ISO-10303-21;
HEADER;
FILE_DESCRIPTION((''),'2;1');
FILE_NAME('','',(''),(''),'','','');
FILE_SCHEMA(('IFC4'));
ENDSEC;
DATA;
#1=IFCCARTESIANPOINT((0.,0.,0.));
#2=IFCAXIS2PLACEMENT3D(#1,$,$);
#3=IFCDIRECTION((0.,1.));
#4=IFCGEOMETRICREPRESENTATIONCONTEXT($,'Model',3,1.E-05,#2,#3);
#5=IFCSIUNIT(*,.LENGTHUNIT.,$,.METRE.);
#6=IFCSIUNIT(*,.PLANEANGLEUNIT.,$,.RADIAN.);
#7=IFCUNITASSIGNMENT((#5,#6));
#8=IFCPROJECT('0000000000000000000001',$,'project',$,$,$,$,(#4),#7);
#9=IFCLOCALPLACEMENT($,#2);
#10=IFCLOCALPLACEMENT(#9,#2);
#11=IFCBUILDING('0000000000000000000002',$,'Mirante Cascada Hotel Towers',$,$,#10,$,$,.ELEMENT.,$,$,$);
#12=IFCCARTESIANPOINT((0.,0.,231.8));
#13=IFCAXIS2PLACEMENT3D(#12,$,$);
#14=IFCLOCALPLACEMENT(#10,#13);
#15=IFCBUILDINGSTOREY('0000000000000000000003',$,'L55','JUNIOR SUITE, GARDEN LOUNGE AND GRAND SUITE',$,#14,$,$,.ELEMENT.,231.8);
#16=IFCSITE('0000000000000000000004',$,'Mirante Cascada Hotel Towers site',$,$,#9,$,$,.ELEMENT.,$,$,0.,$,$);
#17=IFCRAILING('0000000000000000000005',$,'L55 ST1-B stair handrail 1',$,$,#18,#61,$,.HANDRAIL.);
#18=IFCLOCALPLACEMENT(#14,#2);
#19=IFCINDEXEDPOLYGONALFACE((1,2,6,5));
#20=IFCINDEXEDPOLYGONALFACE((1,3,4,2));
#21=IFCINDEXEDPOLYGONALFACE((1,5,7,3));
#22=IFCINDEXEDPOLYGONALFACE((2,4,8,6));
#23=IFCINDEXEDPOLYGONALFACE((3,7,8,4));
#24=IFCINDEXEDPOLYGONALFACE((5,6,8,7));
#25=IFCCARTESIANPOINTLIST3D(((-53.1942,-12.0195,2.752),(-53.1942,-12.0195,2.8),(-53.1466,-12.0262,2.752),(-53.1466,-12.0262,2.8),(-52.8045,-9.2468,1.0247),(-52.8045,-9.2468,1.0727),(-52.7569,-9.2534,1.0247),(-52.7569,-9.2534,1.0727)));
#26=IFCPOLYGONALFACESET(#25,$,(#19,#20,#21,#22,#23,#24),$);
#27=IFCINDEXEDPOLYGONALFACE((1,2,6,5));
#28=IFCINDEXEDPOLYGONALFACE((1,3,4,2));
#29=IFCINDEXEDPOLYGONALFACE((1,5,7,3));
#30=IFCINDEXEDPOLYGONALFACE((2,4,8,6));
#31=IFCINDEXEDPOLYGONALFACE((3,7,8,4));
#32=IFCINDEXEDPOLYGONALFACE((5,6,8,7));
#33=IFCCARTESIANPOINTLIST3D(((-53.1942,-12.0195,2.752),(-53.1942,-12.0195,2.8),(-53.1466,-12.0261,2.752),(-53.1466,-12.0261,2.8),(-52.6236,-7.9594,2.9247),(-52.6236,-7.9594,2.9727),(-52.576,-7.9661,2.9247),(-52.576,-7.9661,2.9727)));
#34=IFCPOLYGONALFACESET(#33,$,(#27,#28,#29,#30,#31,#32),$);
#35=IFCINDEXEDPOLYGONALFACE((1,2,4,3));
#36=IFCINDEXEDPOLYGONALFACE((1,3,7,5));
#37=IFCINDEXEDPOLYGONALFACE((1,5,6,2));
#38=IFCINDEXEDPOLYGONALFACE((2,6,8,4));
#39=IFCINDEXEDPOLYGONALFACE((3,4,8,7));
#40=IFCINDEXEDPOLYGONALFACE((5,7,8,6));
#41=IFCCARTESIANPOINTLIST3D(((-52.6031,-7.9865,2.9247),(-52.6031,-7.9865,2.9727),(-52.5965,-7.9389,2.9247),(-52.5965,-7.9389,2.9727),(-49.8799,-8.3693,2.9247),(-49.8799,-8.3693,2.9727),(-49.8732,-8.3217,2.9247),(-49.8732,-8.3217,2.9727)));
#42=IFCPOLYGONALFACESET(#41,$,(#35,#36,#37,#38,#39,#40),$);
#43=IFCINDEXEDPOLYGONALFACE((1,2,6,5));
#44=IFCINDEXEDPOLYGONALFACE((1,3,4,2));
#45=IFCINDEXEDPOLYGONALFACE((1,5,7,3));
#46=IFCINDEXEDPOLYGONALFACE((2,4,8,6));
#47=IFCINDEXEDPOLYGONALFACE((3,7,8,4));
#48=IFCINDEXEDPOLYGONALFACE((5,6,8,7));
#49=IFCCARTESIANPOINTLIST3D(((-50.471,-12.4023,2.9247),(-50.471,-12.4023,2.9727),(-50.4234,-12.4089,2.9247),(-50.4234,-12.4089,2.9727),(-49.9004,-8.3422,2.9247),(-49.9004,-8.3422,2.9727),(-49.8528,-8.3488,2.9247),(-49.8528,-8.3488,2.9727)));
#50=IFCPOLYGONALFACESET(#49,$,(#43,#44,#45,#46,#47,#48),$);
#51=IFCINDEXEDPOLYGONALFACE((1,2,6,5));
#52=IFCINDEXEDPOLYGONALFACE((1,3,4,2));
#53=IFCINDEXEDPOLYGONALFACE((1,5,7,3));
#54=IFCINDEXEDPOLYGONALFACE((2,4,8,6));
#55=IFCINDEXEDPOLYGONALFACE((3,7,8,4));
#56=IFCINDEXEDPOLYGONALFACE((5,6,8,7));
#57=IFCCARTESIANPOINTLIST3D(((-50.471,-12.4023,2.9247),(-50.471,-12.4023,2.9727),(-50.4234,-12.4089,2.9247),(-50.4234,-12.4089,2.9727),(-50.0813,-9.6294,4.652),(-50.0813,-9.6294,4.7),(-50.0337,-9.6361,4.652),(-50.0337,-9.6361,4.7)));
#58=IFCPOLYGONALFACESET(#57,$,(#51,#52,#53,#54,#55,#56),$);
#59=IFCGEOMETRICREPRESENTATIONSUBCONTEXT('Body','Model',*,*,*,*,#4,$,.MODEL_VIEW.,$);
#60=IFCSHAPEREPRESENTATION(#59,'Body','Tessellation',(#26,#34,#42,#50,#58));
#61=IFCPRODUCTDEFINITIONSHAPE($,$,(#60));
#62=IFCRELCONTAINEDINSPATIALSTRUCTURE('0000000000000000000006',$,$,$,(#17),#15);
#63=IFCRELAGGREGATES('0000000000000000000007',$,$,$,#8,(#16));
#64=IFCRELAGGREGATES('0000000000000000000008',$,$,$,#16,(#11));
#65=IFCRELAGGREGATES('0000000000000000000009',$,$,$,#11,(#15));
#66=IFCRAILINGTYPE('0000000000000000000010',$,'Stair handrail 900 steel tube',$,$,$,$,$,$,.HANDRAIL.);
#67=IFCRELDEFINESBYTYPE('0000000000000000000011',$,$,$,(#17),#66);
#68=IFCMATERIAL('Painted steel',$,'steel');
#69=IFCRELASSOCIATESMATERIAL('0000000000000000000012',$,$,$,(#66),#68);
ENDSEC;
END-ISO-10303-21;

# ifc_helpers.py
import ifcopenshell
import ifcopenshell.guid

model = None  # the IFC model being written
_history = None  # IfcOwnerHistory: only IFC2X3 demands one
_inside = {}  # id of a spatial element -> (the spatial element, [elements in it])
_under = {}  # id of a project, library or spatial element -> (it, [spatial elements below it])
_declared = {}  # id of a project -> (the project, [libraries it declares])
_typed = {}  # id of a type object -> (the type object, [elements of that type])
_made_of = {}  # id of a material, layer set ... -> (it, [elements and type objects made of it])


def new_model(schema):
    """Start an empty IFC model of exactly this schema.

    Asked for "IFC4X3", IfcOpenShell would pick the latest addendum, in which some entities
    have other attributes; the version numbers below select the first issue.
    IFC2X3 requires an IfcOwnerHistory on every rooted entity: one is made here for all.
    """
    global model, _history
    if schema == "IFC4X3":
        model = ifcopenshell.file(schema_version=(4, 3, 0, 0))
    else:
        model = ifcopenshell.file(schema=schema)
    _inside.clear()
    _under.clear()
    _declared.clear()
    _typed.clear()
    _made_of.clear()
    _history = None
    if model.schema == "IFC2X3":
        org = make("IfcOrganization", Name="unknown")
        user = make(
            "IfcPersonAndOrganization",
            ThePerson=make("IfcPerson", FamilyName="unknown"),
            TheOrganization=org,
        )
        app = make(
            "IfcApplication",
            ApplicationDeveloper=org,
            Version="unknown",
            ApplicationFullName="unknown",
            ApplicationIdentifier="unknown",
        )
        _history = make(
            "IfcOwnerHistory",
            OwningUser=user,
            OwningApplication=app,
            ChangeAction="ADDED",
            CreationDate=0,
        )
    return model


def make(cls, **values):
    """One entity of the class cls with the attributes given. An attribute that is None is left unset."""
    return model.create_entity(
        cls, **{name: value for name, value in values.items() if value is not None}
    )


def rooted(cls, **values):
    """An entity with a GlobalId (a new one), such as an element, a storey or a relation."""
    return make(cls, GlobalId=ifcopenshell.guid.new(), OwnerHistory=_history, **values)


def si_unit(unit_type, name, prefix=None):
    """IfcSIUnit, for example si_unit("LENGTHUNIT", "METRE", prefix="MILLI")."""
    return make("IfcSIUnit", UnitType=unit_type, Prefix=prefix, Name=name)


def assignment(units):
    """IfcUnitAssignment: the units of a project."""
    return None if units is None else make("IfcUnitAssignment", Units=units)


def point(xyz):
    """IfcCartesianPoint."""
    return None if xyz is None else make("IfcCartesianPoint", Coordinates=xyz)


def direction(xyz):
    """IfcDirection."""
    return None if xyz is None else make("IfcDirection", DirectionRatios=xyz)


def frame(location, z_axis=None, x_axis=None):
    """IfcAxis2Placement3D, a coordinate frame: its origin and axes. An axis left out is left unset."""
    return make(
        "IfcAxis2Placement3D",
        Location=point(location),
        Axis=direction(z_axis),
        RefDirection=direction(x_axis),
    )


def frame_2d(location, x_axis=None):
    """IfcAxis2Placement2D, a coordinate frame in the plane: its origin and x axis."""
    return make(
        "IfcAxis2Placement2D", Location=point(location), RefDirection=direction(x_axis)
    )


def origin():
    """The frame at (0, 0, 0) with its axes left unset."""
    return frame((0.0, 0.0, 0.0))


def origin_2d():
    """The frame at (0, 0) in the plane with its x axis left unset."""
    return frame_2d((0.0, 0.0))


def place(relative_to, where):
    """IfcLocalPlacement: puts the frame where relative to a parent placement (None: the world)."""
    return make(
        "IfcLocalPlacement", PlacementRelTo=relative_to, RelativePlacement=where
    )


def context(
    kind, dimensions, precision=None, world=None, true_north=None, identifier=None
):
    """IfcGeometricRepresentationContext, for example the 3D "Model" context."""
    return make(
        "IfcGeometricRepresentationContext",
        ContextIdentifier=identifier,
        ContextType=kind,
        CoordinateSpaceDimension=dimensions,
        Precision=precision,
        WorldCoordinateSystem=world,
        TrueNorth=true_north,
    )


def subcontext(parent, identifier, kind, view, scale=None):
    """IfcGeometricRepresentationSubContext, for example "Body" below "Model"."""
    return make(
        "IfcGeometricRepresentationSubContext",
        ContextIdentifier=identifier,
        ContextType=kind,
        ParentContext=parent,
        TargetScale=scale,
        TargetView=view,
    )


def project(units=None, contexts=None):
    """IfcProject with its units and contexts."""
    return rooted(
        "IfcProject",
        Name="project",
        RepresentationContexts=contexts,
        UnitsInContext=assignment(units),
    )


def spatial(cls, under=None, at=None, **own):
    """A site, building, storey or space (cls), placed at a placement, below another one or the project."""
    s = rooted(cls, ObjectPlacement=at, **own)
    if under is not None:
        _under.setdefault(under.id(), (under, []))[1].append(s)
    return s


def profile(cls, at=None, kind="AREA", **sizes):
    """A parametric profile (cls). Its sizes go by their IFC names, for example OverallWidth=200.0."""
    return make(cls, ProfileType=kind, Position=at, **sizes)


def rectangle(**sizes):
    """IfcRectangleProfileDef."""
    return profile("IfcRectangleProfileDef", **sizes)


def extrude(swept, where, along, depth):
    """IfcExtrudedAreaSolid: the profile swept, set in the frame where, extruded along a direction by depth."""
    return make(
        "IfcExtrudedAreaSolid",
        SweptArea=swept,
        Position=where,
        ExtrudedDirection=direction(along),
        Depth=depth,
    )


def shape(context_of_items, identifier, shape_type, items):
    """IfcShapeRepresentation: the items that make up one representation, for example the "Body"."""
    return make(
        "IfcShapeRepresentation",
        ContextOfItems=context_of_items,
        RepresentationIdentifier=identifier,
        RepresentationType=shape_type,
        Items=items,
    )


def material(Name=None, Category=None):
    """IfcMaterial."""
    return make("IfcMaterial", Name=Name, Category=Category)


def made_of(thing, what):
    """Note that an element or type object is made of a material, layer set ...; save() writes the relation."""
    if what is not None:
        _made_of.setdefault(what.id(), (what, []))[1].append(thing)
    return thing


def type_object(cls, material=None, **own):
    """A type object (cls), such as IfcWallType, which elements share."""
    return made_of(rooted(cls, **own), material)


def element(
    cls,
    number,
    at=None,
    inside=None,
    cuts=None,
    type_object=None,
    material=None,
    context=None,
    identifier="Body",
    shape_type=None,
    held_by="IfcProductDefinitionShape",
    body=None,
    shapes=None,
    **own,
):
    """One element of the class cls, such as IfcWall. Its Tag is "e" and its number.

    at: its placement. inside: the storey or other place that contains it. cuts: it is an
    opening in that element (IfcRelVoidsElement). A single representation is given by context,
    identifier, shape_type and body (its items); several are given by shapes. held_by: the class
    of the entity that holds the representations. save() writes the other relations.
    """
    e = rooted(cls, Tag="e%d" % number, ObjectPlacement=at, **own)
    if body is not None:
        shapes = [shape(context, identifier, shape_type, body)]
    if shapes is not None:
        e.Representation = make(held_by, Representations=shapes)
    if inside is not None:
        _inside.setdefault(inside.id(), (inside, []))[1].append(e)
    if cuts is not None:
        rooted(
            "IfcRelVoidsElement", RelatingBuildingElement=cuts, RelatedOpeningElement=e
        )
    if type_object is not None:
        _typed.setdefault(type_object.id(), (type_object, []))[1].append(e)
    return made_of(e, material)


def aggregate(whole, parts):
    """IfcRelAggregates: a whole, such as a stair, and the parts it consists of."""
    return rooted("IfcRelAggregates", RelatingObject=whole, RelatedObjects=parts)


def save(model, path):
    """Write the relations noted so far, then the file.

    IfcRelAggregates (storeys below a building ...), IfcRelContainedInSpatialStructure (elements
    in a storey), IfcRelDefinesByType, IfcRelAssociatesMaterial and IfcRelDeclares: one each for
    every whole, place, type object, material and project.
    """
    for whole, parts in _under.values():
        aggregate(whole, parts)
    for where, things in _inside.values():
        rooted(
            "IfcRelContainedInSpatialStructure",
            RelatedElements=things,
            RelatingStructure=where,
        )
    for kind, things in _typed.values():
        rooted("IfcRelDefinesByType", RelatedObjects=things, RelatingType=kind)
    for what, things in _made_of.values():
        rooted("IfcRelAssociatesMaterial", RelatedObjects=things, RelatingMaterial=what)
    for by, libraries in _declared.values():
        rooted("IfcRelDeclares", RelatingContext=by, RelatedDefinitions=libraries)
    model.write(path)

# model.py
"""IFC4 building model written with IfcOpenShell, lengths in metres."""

from ifc_helpers import new_model, si_unit, direction, frame, origin, origin_2d, place, context, subcontext, project, spatial, rectangle, extrude, material, type_object, element, save


model = new_model("IFC4")

# Units and contexts
model_context = context("Model", 3, precision=1e-05, world=origin(), true_north=direction((0.0, 1.0)))
body_context = subcontext(model_context, "Body", "Model", "MODEL_VIEW")
ifc_project = project(units=[si_unit("LENGTHUNIT", "METRE"), si_unit("PLANEANGLEUNIT", "RADIAN")], contexts=[model_context])

# Site, building, storey
site_placement = place(None, origin())
site = spatial("IfcSite", under=ifc_project, at=site_placement, Name="Mirante Cascada Hotel Towers site", CompositionType="ELEMENT", RefElevation=0.0)
building_placement = place(site_placement, origin())
building = spatial("IfcBuilding", under=site, at=building_placement, Name="Mirante Cascada Hotel Towers", CompositionType="ELEMENT")
storey_placement = place(building_placement, frame((0.0, 0.0, 231.8)))
storey = spatial("IfcBuildingStorey", under=building, at=storey_placement, Name="L55", Description="JUNIOR SUITE, GARDEN LOUNGE AND GRAND SUITE", CompositionType="ELEMENT", Elevation=231.8)

# Railing
ifc_material_1 = material(Name="Painted steel", Category="steel")
railing_type_1 = type_object("IfcRailingType", Name="Stair handrail 900 steel tube", PredefinedType="HANDRAIL", material=ifc_material_1)
railing_1_placement = place(storey_placement, frame((-52.7807, -9.2501, 0.1727)))
element("IfcRailing", 1, at=railing_1_placement, inside=storey, type_object=railing_type_1, Name="L55 ST1-B stair handrail 1", PredefinedType="HANDRAIL", context=body_context, shape_type="SweptSolid", body=[
    extrude(rectangle(XDim=0.048, YDim=0.048, at=origin_2d()), frame((0.0, 0.0, 0.876), z_axis=(-0.139181, -0.990267, 0.0), x_axis=(0.990267, -0.139181, 0.0)), (0.0, 0.525035, 0.851081), 3.2899),
    extrude(rectangle(XDim=0.048, YDim=0.048, at=origin_2d()), frame((-0.3897, -2.7727, 2.6033), z_axis=(0.139171, 0.990268, 0.0), x_axis=(-0.990268, 0.139171, 0.0)), (0.0, 0.042085, 0.999114), 4.1036),
    extrude(rectangle(XDim=0.048, YDim=0.048, at=origin_2d()), frame((0.1809, 1.2874, 2.776), z_axis=(0.990264, -0.139201, 0.0), x_axis=(0.139201, 0.990264, 0.0)), (0.0, 0.0, 1.0), 2.75),
    extrude(rectangle(XDim=0.048, YDim=0.048, at=origin_2d()), frame((2.9041, 0.9046, 2.776), z_axis=(-0.139171, -0.990268, 0.0), x_axis=(0.990268, -0.139171, 0.0)), (0.0, 0.0, 1.0), 4.1),
    extrude(rectangle(XDim=0.048, YDim=0.048, at=origin_2d()), frame((2.3335, -3.1555, 2.776), z_axis=(0.139176, 0.990268, 0.0), x_axis=(-0.990268, 0.139176, 0.0)), (0.0, 0.525021, 0.851089), 3.29),
])

save(model, "model.ifc")
